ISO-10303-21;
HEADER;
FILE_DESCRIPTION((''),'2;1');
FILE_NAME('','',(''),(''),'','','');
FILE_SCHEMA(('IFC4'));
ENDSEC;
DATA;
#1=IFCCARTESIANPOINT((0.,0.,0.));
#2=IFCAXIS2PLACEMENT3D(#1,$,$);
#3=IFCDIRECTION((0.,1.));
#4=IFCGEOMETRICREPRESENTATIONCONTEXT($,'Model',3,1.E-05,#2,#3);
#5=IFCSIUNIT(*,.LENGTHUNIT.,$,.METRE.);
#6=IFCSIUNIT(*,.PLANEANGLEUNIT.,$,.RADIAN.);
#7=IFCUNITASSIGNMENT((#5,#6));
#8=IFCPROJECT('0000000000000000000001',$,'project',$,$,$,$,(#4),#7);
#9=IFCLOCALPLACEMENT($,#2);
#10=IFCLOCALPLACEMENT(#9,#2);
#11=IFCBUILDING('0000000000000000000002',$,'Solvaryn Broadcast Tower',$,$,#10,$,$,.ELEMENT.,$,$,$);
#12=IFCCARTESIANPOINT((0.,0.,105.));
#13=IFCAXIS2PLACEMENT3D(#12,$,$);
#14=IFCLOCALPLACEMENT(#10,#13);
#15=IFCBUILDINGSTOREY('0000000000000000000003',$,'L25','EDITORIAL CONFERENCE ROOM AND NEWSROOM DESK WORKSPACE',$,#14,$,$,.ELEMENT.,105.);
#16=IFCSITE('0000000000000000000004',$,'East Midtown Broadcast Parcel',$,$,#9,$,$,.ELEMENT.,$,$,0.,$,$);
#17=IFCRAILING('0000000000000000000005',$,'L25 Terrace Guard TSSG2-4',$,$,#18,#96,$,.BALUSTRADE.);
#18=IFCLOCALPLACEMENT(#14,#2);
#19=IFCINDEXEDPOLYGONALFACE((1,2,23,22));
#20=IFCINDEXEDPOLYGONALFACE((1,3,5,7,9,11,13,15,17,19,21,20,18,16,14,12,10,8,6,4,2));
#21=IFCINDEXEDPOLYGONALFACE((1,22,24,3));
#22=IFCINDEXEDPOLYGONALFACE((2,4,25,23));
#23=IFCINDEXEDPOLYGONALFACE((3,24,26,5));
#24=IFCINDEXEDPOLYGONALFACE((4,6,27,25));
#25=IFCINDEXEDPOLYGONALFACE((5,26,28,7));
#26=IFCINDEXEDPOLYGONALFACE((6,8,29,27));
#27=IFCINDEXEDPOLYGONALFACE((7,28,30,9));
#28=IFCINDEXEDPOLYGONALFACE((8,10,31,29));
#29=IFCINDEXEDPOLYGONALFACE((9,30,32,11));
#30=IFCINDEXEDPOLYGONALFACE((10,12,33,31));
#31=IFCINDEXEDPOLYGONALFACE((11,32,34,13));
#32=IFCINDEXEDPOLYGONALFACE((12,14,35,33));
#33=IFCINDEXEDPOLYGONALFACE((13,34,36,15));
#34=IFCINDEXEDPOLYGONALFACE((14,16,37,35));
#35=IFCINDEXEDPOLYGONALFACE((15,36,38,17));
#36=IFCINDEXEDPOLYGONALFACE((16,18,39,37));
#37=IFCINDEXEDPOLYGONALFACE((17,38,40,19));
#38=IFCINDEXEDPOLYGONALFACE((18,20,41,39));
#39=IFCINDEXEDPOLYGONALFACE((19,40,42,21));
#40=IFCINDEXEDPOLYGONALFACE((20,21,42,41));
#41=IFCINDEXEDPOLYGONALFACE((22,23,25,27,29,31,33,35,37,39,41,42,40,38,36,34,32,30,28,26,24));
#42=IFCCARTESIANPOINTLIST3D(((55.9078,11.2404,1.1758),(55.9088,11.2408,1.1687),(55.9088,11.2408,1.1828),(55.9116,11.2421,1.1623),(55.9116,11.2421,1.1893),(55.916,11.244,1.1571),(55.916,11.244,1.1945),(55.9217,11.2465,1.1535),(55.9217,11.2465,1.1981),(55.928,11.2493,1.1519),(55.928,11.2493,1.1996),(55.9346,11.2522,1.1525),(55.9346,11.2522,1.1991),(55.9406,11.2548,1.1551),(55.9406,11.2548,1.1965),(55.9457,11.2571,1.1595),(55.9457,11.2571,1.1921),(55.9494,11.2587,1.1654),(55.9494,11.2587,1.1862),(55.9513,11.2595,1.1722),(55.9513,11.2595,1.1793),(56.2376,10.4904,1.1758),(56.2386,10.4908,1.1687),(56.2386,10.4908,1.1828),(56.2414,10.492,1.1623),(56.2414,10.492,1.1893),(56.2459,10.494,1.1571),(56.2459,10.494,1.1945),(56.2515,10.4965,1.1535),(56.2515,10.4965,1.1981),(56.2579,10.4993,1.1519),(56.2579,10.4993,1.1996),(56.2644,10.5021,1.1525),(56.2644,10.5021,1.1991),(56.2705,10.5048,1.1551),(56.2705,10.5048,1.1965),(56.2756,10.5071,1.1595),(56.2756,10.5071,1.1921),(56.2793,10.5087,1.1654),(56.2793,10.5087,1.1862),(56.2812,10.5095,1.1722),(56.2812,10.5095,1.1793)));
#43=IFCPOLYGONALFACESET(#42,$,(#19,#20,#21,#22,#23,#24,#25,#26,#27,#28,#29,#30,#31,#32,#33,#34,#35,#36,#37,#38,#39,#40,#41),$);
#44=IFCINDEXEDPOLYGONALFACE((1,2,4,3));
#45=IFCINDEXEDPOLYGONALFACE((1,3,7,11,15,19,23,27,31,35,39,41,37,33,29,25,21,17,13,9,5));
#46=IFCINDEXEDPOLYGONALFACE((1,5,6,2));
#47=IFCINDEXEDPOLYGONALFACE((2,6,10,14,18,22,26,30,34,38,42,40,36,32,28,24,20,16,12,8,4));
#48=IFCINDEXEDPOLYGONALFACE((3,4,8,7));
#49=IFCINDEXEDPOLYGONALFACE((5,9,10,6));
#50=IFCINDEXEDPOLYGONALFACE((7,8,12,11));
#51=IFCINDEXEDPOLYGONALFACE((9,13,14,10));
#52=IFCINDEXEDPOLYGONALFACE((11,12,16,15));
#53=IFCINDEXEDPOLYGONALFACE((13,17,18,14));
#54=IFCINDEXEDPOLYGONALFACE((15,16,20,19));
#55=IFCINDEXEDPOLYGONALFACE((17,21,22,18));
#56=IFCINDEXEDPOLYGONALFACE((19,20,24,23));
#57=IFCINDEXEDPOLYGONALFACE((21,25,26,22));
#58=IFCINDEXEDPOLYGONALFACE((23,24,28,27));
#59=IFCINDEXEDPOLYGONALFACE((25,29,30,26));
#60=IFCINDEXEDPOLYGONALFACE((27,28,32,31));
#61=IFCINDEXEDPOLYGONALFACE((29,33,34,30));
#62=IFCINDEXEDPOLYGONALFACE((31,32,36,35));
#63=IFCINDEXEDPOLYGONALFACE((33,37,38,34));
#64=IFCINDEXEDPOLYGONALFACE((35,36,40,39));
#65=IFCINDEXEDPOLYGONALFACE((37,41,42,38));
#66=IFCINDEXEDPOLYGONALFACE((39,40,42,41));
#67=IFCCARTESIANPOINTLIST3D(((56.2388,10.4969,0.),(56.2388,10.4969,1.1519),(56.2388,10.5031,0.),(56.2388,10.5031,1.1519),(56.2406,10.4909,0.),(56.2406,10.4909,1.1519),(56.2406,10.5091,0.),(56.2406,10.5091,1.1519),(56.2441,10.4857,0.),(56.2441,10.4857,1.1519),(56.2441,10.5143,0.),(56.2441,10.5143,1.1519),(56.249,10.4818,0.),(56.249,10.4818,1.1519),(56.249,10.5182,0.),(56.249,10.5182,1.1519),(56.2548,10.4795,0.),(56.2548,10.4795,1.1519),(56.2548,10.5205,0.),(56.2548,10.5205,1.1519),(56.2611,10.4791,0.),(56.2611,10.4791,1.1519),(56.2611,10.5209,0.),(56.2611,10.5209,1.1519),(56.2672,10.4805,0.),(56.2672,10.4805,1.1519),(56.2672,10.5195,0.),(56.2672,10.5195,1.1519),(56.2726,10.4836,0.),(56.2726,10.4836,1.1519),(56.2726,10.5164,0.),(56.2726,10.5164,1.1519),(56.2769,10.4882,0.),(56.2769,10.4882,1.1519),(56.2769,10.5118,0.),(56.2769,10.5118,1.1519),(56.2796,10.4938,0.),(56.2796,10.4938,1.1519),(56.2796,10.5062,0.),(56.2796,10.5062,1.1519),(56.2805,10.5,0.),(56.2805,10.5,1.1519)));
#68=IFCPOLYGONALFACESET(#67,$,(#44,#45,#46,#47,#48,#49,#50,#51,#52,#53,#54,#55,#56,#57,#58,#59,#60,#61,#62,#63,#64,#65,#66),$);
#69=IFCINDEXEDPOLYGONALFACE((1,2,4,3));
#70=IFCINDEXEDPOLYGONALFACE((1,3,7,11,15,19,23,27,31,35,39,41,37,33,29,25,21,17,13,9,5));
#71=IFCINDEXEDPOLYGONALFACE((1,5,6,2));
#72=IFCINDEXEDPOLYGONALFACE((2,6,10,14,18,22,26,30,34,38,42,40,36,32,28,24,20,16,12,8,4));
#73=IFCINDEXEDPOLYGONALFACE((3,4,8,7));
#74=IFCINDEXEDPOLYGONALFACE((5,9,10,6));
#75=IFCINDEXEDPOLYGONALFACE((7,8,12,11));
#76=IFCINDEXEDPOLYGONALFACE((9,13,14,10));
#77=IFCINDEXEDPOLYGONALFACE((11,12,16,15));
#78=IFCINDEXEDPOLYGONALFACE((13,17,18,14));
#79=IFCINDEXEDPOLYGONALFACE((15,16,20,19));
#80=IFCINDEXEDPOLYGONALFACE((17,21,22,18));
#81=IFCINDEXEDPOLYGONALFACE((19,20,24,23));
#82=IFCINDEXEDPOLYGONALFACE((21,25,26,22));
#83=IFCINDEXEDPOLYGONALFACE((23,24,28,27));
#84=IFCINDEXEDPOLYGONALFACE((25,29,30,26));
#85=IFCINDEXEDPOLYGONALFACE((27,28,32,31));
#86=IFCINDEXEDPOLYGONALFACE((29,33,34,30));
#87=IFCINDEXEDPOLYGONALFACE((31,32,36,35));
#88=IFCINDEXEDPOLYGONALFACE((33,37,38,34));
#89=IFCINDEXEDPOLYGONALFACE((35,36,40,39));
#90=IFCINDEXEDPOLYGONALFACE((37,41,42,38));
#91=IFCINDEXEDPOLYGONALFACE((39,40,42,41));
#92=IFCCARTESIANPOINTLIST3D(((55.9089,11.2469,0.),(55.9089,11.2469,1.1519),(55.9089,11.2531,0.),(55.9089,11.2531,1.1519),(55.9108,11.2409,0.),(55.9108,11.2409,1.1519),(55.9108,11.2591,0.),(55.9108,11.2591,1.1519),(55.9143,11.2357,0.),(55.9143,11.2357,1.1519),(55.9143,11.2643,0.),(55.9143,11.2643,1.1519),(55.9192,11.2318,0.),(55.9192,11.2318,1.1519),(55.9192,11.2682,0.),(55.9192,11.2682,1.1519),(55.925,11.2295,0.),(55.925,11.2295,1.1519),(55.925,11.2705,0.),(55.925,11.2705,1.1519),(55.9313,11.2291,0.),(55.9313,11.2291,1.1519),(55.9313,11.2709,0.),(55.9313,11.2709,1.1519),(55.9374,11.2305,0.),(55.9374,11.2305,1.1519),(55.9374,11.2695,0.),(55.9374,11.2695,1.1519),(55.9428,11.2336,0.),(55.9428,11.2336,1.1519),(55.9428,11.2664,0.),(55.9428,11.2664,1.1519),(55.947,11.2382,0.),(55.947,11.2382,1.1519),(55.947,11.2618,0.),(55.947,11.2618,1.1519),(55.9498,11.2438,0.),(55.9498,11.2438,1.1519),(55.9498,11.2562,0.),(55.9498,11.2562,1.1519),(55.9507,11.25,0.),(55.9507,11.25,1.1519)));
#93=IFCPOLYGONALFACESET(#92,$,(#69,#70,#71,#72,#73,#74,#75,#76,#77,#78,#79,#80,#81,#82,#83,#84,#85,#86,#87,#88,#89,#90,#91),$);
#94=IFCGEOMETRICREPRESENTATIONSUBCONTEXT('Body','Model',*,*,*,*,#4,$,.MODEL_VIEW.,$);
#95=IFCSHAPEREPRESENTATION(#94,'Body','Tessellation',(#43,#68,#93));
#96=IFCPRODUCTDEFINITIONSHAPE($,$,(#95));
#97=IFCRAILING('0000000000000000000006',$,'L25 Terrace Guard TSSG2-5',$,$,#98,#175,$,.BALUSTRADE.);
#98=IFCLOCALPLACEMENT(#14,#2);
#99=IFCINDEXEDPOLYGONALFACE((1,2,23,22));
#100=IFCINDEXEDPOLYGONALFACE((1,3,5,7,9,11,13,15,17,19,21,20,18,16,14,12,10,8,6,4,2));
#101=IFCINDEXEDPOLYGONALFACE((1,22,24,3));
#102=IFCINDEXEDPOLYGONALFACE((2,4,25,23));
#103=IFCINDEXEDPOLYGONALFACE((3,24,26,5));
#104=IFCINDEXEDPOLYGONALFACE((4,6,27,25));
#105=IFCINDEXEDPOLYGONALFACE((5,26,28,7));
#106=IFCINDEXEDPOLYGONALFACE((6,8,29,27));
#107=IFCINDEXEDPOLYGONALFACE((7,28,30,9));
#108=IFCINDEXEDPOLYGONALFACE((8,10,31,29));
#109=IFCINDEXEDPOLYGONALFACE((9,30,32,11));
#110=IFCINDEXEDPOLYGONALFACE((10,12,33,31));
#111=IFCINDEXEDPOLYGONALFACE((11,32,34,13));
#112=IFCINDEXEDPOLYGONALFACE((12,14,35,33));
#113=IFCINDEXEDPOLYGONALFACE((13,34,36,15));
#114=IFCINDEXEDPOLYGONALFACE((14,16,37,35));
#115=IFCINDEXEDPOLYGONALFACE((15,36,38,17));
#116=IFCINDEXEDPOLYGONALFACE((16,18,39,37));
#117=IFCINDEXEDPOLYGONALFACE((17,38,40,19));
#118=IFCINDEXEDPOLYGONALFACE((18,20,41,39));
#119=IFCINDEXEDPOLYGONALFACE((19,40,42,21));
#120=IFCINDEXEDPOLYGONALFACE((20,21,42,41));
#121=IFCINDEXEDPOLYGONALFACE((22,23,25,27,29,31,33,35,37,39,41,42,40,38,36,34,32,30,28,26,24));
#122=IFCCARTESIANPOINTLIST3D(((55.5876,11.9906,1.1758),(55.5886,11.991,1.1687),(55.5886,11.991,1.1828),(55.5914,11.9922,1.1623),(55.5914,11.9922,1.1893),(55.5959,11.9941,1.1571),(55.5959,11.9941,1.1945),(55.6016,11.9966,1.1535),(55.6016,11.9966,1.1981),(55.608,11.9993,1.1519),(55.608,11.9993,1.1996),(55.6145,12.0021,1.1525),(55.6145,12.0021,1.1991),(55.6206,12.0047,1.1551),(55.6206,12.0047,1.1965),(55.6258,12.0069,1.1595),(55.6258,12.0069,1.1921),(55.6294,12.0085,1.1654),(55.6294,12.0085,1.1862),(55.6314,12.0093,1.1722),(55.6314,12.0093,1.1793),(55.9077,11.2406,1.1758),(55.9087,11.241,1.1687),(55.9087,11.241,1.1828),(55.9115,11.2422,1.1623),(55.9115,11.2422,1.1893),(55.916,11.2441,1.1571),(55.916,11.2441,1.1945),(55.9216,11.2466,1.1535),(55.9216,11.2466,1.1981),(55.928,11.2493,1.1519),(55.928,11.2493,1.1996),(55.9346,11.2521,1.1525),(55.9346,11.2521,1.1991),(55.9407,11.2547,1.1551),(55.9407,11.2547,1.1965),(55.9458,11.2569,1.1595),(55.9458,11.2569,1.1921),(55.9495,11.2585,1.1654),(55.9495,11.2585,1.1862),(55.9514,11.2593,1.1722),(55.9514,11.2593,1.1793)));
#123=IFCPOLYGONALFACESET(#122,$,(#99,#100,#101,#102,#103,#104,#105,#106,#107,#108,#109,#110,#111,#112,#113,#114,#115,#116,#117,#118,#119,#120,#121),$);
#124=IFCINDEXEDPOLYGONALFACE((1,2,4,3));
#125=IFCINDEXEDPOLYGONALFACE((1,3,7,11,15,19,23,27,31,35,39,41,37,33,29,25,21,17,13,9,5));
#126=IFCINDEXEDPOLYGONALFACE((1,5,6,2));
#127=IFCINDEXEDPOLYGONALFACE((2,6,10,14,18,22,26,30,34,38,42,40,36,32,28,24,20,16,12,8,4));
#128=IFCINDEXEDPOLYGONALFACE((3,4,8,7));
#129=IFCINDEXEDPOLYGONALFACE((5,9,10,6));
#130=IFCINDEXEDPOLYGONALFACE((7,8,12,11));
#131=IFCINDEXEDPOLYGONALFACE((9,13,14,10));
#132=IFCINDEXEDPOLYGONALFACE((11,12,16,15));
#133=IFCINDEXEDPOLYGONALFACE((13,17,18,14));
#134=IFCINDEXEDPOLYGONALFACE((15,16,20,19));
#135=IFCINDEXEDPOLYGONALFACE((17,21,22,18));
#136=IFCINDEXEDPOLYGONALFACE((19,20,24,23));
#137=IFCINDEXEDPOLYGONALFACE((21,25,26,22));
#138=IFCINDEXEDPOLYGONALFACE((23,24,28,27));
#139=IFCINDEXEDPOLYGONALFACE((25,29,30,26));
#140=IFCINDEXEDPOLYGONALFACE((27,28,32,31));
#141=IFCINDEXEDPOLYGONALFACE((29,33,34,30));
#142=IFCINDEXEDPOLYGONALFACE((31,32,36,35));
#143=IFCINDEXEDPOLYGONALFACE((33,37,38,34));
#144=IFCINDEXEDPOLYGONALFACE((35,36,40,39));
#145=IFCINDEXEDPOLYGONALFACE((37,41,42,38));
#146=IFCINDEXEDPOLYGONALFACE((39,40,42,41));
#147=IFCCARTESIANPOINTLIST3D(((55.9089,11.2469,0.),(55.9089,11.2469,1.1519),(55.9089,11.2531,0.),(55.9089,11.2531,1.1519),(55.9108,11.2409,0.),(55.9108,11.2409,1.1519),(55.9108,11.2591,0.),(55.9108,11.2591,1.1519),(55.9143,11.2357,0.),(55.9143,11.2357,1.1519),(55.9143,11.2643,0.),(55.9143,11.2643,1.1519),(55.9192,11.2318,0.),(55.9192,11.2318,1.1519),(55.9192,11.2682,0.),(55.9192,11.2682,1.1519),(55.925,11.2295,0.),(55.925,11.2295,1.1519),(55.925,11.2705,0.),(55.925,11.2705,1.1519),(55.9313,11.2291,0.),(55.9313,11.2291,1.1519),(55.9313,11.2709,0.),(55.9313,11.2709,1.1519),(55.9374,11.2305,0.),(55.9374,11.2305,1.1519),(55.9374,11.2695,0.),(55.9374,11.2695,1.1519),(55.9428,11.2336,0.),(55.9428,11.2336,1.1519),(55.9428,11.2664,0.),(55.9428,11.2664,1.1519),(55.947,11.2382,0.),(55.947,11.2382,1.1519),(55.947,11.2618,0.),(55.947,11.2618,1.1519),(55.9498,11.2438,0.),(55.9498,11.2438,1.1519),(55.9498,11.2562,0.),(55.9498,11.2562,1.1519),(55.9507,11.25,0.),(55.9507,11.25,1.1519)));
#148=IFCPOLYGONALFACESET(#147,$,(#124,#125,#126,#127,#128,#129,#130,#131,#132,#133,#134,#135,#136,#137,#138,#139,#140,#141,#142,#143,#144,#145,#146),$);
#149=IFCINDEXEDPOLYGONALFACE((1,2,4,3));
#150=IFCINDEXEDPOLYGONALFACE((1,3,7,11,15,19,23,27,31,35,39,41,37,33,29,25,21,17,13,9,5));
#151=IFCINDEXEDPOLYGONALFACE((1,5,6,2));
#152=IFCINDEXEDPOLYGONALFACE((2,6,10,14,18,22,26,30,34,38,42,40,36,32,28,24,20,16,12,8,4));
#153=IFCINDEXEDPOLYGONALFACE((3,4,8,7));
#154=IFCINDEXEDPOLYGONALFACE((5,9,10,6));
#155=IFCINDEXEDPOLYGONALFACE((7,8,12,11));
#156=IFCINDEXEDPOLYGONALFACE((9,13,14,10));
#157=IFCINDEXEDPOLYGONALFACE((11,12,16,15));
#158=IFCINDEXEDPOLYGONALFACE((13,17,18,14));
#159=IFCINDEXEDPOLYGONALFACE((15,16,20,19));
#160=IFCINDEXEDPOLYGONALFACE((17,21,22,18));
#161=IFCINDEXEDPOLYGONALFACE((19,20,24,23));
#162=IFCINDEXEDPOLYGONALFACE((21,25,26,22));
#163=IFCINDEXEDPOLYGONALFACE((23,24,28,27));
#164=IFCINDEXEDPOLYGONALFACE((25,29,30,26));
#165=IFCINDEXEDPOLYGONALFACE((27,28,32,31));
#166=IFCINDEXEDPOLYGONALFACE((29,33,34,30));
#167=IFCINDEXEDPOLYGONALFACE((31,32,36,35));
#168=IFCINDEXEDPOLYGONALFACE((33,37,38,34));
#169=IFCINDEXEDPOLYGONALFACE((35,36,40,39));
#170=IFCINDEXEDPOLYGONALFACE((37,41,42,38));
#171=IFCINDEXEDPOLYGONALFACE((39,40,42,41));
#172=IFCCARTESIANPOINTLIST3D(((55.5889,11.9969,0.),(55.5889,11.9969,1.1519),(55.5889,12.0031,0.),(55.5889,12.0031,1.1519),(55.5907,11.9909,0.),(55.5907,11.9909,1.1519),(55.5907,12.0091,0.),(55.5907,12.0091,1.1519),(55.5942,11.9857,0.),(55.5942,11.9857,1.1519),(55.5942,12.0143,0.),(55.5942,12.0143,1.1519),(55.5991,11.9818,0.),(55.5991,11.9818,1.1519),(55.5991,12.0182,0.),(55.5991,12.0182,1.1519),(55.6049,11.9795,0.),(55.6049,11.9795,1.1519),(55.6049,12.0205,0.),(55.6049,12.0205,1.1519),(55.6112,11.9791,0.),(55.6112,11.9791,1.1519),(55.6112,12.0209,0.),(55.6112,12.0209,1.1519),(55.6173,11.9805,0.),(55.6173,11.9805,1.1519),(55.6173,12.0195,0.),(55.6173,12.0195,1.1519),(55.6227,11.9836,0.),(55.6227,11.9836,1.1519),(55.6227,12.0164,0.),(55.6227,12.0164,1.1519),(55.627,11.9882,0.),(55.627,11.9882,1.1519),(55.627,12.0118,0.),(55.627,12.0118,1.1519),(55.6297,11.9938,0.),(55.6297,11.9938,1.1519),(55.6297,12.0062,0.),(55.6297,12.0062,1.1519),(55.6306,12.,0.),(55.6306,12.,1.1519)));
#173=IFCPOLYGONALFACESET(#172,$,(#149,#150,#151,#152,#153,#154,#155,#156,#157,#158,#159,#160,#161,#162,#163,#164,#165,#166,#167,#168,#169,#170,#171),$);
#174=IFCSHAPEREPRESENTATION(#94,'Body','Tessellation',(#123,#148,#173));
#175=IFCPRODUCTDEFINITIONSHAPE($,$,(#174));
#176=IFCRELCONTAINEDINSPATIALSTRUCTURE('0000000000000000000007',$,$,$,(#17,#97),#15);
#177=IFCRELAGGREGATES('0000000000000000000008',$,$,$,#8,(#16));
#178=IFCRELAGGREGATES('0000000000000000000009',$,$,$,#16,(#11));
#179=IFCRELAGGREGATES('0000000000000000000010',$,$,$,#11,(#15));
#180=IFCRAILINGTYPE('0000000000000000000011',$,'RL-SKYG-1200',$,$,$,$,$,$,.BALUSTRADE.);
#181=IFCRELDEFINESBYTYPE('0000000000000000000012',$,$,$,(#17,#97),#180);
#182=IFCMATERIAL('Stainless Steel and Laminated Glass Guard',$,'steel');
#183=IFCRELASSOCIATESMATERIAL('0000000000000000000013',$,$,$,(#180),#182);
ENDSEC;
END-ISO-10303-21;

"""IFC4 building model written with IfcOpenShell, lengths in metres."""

from ifc_helpers import new_model, si_unit, direction, frame, origin, origin_2d, place, context, subcontext, project, spatial, circle, extrude, material, type_object, element, save


model = new_model("IFC4")

# Units and contexts
model_context = context("Model", 3, precision=1e-05, world=origin(), true_north=direction((0.0, 1.0)))
body_context = subcontext(model_context, "Body", "Model", "MODEL_VIEW")
ifc_project = project(units=[si_unit("LENGTHUNIT", "METRE"), si_unit("PLANEANGLEUNIT", "RADIAN")], contexts=[model_context])

# Site, building, storey
site_placement = place(None, origin())
site = spatial("IfcSite", under=ifc_project, at=site_placement, Name="East Midtown Broadcast Parcel", CompositionType="ELEMENT", RefElevation=0.0)
building_placement = place(site_placement, origin())
building = spatial("IfcBuilding", under=site, at=building_placement, Name="Solvaryn Broadcast Tower", CompositionType="ELEMENT")
storey_placement = place(building_placement, frame((0.0, 0.0, 105.0)))
storey = spatial("IfcBuildingStorey", under=building, at=storey_placement, Name="L25", Description="EDITORIAL CONFERENCE ROOM AND NEWSROOM DESK WORKSPACE", CompositionType="ELEMENT", Elevation=105.0)

# Railings
ifc_material_1 = material(Name="Stainless Steel and Laminated Glass Guard", Category="steel")
railing_type = type_object("IfcRailingType", Name="RL-SKYG-1200", PredefinedType="BALUSTRADE", material=ifc_material_1)
railing_1_placement = place(storey_placement, frame((56.2595, 10.5, 0.0)))
element("IfcRailing", 1, at=railing_1_placement, inside=storey, type_object=railing_type, Name="L25 Terrace Guard TSSG2-4", PredefinedType="BALUSTRADE", context=body_context, shape_type="SweptSolid", body=[
    extrude(circle(Radius=0.0239, at=origin_2d()), frame((0.0, 0.0, 1.1758), z_axis=(-0.402569, 0.91539, 0.0), x_axis=(-0.91539, -0.402569, 0.0)), (0.0, 0.0, 1.0), 0.8193),
    extrude(circle(Radius=0.021, at=origin_2d()), origin(), (0.0, 0.0, 1.0), 1.1519),
    extrude(circle(Radius=0.021, at=origin_2d()), frame((-0.3298, 0.75, 0.0)), (0.0, 0.0, 1.0), 1.1519),
])
railing_2_placement = place(storey_placement, frame((55.9297, 11.25, 0.0)))
element("IfcRailing", 2, at=railing_2_placement, inside=storey, type_object=railing_type, Name="L25 Terrace Guard TSSG2-5", PredefinedType="BALUSTRADE", context=body_context, shape_type="SweptSolid", body=[
    extrude(circle(Radius=0.0239, at=origin_2d()), frame((0.0, 0.0, 1.1758), z_axis=(-0.39251, 0.919748, 0.0), x_axis=(-0.919748, -0.39251, 0.0)), (0.0, 0.0, 1.0), 0.8154),
    extrude(circle(Radius=0.021, at=origin_2d()), origin(), (0.0, 0.0, 1.0), 1.1519),
    extrude(circle(Radius=0.021, at=origin_2d()), frame((-0.3201, 0.75, 0.0)), (0.0, 0.0, 1.0), 1.1519),
])

save(model, "model.ifc")
